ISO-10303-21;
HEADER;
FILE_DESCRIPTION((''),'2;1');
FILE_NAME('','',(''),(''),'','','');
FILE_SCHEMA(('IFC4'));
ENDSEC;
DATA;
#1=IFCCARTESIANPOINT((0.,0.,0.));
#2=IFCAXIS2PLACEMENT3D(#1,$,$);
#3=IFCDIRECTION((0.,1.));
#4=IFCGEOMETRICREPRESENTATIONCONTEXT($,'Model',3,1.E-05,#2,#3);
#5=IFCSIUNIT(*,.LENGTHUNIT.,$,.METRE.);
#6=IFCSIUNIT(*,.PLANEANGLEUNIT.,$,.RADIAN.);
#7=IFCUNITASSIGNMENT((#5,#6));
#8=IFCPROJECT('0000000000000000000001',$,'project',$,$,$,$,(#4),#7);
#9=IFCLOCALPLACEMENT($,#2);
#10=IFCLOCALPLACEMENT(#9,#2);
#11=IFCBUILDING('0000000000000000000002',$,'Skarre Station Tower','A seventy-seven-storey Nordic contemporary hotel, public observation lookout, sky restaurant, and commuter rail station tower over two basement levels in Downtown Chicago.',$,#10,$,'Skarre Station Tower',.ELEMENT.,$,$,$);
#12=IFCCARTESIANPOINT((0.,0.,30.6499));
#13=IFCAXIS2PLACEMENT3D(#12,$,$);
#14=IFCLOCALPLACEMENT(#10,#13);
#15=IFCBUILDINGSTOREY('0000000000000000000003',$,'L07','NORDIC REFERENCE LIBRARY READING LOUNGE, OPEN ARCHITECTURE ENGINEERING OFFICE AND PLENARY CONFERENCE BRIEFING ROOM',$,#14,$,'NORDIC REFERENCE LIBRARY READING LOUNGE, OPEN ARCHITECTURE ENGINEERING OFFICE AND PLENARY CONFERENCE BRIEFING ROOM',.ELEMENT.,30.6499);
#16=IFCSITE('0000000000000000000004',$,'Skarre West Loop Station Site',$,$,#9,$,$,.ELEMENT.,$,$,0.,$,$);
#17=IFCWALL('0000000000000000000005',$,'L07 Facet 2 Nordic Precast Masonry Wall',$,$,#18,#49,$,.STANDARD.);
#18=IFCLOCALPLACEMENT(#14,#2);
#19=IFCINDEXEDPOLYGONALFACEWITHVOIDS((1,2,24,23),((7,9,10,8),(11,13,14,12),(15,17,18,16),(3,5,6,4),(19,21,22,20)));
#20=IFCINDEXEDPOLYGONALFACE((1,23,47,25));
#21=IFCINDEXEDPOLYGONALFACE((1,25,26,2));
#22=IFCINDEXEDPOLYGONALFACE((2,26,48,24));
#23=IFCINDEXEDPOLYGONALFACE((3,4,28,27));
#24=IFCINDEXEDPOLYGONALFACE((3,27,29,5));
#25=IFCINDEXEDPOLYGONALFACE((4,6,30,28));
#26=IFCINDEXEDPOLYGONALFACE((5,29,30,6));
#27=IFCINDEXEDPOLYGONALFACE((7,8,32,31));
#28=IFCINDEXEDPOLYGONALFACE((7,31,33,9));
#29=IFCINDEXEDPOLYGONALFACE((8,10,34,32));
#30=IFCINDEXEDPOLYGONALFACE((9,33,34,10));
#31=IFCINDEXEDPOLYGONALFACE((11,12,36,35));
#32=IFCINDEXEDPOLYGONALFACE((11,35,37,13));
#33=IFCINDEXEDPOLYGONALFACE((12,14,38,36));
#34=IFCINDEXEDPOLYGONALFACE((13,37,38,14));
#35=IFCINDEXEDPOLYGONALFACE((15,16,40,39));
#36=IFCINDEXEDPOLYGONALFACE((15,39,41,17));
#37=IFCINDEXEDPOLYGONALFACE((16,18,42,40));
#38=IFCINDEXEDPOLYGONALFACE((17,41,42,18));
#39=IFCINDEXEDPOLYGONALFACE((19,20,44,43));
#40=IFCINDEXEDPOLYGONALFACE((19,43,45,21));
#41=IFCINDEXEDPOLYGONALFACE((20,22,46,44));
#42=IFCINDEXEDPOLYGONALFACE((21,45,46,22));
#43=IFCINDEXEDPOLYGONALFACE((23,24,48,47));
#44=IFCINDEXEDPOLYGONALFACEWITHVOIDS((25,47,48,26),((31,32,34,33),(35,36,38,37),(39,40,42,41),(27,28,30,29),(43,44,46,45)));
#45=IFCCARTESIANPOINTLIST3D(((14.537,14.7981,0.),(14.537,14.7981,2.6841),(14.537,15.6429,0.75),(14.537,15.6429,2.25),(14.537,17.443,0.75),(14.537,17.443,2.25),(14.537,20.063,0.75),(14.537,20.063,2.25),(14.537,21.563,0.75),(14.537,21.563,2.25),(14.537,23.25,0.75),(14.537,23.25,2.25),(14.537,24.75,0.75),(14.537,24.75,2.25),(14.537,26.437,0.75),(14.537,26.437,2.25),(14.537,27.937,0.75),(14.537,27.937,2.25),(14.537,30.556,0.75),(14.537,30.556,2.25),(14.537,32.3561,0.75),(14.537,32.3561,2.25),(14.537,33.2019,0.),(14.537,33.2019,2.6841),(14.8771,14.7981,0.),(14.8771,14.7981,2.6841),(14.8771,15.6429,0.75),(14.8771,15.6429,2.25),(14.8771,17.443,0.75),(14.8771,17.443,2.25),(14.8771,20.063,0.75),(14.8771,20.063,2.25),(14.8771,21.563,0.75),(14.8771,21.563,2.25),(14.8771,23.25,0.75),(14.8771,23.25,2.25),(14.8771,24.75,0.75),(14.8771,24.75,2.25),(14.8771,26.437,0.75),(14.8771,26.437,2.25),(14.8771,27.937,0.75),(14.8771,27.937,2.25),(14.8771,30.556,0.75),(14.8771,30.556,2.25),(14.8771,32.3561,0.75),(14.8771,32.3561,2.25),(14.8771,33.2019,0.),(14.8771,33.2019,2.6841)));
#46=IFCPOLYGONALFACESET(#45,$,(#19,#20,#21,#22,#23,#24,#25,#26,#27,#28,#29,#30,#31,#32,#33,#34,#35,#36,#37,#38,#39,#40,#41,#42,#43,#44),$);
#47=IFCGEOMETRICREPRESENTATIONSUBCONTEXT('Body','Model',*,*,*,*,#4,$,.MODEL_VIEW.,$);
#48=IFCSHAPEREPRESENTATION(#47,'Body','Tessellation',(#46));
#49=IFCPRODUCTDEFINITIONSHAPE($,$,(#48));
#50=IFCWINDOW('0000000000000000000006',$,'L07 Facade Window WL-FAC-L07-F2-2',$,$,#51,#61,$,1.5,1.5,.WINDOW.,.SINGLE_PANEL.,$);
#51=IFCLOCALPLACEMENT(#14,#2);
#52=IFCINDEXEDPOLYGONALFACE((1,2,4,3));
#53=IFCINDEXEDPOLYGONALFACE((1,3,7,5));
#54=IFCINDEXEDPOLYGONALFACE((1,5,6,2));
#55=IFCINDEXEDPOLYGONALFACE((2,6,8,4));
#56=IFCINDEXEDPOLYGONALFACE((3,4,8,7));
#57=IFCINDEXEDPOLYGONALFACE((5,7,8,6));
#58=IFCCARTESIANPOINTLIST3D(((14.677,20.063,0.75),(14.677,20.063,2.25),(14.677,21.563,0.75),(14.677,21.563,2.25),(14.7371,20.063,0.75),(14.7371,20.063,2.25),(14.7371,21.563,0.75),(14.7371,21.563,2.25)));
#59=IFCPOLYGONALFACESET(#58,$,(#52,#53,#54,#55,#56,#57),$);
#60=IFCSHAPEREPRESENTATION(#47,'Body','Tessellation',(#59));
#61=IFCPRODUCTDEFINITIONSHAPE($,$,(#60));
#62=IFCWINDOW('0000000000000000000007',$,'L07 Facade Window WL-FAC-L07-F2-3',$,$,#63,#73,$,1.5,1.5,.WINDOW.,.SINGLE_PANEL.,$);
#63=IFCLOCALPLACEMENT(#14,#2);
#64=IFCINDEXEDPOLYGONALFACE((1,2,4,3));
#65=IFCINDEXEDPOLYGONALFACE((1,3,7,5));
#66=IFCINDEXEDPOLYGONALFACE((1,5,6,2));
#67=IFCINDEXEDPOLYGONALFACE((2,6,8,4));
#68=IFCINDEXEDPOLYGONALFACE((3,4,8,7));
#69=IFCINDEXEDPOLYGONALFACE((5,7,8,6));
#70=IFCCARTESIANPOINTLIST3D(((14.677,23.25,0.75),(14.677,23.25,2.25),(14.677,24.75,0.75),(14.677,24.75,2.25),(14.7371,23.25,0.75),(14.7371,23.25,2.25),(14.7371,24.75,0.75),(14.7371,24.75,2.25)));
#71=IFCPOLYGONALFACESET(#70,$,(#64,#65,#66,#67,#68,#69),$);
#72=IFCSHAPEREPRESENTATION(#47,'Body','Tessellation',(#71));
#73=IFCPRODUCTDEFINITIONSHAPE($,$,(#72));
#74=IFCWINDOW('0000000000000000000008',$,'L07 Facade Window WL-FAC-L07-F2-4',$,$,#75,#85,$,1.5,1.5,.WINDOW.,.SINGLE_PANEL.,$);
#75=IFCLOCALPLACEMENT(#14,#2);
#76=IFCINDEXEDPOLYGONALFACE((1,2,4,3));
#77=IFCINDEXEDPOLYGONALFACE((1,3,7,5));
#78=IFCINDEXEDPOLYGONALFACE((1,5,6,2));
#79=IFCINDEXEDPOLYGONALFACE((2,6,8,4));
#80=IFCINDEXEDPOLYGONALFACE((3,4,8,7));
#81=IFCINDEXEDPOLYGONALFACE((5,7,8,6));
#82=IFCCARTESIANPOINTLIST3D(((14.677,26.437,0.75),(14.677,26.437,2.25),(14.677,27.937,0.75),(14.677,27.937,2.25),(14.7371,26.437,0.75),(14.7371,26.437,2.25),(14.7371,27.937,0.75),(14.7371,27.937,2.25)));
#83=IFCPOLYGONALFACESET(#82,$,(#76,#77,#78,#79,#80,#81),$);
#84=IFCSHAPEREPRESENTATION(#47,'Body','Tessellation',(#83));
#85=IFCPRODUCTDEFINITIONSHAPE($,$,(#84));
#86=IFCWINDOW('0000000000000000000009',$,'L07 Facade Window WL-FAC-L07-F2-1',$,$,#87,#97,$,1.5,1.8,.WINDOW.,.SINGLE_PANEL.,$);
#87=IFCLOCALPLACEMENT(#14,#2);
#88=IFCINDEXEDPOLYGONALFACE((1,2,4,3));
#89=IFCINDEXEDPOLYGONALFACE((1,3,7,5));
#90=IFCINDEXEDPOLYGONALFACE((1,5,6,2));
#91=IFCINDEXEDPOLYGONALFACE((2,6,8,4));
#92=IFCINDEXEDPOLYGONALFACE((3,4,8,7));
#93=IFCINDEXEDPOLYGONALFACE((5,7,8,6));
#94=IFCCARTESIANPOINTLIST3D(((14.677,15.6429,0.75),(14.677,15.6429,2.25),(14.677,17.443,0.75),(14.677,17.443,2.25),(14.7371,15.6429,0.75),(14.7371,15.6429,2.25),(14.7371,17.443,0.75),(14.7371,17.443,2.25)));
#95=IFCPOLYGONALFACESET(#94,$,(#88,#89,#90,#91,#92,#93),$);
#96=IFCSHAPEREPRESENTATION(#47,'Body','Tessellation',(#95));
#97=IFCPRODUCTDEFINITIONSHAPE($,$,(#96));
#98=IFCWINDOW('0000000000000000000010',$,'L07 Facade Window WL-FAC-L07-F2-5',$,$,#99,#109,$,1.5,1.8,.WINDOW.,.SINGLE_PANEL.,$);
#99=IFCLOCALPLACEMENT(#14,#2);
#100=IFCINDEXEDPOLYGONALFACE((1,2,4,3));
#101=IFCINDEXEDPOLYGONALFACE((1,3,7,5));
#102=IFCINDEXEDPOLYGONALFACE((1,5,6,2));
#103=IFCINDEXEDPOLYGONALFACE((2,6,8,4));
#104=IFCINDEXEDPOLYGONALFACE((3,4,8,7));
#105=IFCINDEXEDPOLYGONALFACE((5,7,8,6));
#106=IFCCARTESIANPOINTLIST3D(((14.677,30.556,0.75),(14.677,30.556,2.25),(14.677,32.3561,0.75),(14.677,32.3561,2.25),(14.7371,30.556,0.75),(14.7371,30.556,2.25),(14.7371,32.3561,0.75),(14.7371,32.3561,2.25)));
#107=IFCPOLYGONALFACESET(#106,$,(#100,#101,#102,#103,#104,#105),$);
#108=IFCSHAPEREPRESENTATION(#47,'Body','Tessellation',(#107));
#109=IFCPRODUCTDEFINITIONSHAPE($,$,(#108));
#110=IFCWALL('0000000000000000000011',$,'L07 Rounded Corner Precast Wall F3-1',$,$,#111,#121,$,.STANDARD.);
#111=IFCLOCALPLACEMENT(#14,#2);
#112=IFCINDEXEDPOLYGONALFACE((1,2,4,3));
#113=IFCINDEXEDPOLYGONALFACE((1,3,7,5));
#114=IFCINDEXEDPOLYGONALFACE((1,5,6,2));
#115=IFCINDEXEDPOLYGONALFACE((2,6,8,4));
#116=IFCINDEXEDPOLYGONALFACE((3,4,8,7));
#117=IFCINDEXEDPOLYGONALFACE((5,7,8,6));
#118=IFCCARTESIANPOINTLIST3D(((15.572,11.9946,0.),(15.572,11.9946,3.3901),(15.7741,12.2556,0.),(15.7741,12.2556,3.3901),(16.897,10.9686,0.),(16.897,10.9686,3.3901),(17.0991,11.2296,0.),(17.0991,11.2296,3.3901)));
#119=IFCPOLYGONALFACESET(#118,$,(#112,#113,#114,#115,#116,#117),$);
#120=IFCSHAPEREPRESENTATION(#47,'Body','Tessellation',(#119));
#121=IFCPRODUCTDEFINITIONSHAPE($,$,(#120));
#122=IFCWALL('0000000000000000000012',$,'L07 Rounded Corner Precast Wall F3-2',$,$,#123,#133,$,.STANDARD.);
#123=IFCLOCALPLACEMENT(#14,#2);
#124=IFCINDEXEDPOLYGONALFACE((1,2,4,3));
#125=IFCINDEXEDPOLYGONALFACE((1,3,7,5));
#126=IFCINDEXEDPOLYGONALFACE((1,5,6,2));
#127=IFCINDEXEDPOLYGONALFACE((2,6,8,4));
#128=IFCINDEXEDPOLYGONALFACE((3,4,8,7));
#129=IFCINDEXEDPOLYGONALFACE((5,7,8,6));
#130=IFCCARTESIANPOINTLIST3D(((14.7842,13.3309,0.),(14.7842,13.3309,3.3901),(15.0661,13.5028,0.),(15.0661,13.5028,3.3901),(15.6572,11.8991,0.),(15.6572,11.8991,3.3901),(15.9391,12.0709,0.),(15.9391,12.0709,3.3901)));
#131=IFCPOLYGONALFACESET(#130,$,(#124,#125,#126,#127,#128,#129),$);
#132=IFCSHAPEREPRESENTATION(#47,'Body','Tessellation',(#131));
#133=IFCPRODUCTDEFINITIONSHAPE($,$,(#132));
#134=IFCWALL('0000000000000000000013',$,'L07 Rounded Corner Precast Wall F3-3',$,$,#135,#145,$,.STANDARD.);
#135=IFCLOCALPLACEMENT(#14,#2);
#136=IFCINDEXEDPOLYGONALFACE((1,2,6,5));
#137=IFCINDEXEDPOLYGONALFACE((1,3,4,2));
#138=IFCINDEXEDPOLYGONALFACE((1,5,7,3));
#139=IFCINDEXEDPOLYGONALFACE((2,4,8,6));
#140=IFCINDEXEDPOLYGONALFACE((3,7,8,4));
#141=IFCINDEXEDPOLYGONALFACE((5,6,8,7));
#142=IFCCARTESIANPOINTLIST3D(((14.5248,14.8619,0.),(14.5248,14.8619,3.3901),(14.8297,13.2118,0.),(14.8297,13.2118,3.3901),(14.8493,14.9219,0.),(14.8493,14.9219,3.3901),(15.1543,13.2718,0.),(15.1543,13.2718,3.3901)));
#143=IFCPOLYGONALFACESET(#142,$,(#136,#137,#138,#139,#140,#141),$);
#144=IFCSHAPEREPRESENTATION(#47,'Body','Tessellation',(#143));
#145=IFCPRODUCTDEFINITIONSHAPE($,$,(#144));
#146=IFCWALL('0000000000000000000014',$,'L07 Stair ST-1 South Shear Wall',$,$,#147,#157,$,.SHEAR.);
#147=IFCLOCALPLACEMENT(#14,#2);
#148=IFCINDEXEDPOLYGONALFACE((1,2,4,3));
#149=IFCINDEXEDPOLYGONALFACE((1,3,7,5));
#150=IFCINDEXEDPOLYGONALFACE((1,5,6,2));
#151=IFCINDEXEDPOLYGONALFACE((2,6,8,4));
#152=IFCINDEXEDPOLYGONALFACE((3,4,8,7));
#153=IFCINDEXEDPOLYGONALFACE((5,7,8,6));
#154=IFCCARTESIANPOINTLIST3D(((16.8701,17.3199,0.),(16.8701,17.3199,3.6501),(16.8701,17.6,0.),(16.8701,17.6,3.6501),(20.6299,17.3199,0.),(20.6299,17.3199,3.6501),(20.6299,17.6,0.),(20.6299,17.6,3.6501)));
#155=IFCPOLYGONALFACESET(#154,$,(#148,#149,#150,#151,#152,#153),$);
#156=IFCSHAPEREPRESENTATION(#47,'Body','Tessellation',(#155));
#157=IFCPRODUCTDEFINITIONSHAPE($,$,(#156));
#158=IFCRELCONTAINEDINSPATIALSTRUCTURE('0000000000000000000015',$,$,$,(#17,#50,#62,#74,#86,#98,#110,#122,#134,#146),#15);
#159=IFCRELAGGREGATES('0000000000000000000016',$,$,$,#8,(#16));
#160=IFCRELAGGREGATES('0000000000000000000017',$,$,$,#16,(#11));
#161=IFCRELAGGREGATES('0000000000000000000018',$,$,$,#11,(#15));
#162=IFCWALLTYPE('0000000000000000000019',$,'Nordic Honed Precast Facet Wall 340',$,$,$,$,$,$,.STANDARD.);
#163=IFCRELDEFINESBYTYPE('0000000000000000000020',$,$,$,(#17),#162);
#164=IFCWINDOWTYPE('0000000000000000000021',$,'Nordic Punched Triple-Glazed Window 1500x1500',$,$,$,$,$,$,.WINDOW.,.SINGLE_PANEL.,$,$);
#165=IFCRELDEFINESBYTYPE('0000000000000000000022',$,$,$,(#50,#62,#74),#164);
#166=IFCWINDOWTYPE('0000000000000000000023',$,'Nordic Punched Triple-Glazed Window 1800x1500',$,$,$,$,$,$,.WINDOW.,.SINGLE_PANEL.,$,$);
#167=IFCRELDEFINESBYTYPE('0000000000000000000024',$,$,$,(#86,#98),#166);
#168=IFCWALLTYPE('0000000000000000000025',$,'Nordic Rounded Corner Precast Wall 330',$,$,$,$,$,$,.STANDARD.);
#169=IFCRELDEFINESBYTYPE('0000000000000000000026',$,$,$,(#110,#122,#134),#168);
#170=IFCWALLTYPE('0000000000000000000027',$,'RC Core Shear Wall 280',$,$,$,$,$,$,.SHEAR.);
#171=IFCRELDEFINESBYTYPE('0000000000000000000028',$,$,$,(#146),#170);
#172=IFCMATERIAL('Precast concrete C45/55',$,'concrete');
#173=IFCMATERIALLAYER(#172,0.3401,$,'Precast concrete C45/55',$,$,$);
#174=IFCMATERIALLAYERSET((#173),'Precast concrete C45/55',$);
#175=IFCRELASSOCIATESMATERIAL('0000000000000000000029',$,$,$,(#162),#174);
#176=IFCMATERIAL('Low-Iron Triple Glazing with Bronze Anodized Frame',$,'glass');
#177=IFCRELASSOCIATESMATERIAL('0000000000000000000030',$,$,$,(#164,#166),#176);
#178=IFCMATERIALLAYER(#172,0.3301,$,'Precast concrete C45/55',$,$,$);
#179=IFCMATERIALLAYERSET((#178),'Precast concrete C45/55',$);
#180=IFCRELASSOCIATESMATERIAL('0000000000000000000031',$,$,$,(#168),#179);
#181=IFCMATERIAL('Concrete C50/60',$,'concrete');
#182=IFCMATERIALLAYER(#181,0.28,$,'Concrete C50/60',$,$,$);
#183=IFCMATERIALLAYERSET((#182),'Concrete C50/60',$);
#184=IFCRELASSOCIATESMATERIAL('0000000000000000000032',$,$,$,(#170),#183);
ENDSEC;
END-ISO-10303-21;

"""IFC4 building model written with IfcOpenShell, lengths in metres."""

from ifc_helpers import new_model, si_unit, direction, frame, frame_2d, origin, place, context, subcontext, project, spatial, rectangle, extrude, material, layer, layer_set, type_object, element, fill, save


model = new_model("IFC4")

# Units and contexts
model_context = context("Model", 3, precision=1e-05, world=origin(), true_north=direction((0.0, 1.0)))
body_context = subcontext(model_context, "Body", "Model", "MODEL_VIEW")
ifc_project = project(units=[si_unit("LENGTHUNIT", "METRE"), si_unit("PLANEANGLEUNIT", "RADIAN")], contexts=[model_context])

# Site, building, storey
site_placement = place(None, origin())
site = spatial("IfcSite", under=ifc_project, at=site_placement, Name="Skarre West Loop Station Site", CompositionType="ELEMENT", RefElevation=0.0)
building_placement = place(site_placement, origin())
building = spatial("IfcBuilding", under=site, at=building_placement, Name="Skarre Station Tower", Description="A seventy-seven-storey Nordic contemporary hotel, public observation lookout, sky restaurant, and commuter rail station tower over two basement levels in Downtown Chicago.", LongName="Skarre Station Tower", CompositionType="ELEMENT")
storey_placement = place(building_placement, frame((0.0, 0.0, 30.6499)))
storey = spatial("IfcBuildingStorey", under=building, at=storey_placement, Name="L07", Description="NORDIC REFERENCE LIBRARY READING LOUNGE, OPEN ARCHITECTURE ENGINEERING OFFICE AND PLENARY CONFERENCE BRIEFING ROOM", LongName="NORDIC REFERENCE LIBRARY READING LOUNGE, OPEN ARCHITECTURE ENGINEERING OFFICE AND PLENARY CONFERENCE BRIEFING ROOM", CompositionType="ELEMENT", Elevation=30.6499)

# Shared definitions
ifc_material_1 = material(Name="Concrete C50/60", Category="concrete")

# Wall, openings, windows
ifc_material_2 = material(Name="Precast concrete C45/55", Category="concrete")
ifc_layer_1 = layer(ifc_material_2, 0.3401, Name="Precast concrete C45/55")
ifc_layer_set_1 = layer_set([ifc_layer_1], Name="Precast concrete C45/55")
wall_type_1 = type_object("IfcWallType", Name="Nordic Honed Precast Facet Wall 340", PredefinedType="STANDARD", material=ifc_layer_set_1)
wall_1_placement = place(storey_placement, frame((14.707, 14.7981, 0.0), z_axis=(0.0, 0.0, 1.0), x_axis=(0.0, 1.0, 0.0)))
wall_1 = element("IfcWall", 1, at=wall_1_placement, inside=storey, type_object=wall_type_1, Name="L07 Facet 2 Nordic Precast Masonry Wall", PredefinedType="STANDARD", context=body_context, shape_type="SweptSolid", body=[
    extrude(rectangle(XDim=18.4038, YDim=0.3401, at=frame_2d((9.2019, 0.0))), origin(), (0.0, 0.0, 1.0), 2.6841),
])
opening_1_placement = place(wall_1_placement, frame((0.845, 0.0, 0.75)))
opening_1 = element("IfcOpeningElement", 2, at=opening_1_placement, cuts=wall_1, PredefinedType="OPENING", context=body_context, shape_type="SweptSolid", body=[
    extrude(rectangle(XDim=1.8, YDim=1.5, at=frame_2d((0.8999, 0.75))), frame((0.0, 0.1799, 0.0), z_axis=(0.0, -1.0, 0.0), x_axis=(1.0, 0.0, 0.0)), (0.0, 0.0, 1.0), 0.3601),
])
opening_2_placement = place(wall_1_placement, frame((5.2649, 0.0, 0.75)))
opening_2 = element("IfcOpeningElement", 3, at=opening_2_placement, cuts=wall_1, PredefinedType="OPENING", context=body_context, shape_type="SweptSolid", body=[
    extrude(rectangle(XDim=1.5, YDim=1.5, at=frame_2d((0.75, 0.75))), frame((0.0, 0.1799, 0.0), z_axis=(0.0, -1.0, 0.0), x_axis=(1.0, 0.0, 0.0)), (0.0, 0.0, 1.0), 0.3601),
])
opening_3_placement = place(wall_1_placement, frame((8.4519, 0.0, 0.75)))
opening_3 = element("IfcOpeningElement", 4, at=opening_3_placement, cuts=wall_1, PredefinedType="OPENING", context=body_context, shape_type="SweptSolid", body=[
    extrude(rectangle(XDim=1.5, YDim=1.5, at=frame_2d((0.75, 0.75))), frame((0.0, 0.1799, 0.0), z_axis=(0.0, -1.0, 0.0), x_axis=(1.0, 0.0, 0.0)), (0.0, 0.0, 1.0), 0.3601),
])
opening_4_placement = place(wall_1_placement, frame((11.6389, 0.0, 0.75)))
opening_4 = element("IfcOpeningElement", 5, at=opening_4_placement, cuts=wall_1, PredefinedType="OPENING", context=body_context, shape_type="SweptSolid", body=[
    extrude(rectangle(XDim=1.5, YDim=1.5, at=frame_2d((0.75, 0.75))), frame((0.0, 0.1799, 0.0), z_axis=(0.0, -1.0, 0.0), x_axis=(1.0, 0.0, 0.0)), (0.0, 0.0, 1.0), 0.3601),
])
opening_5_placement = place(wall_1_placement, frame((15.7581, 0.0, 0.75)))
opening_5 = element("IfcOpeningElement", 6, at=opening_5_placement, cuts=wall_1, PredefinedType="OPENING", context=body_context, shape_type="SweptSolid", body=[
    extrude(rectangle(XDim=1.8, YDim=1.5, at=frame_2d((0.8999, 0.75))), frame((0.0, 0.1799, 0.0), z_axis=(0.0, -1.0, 0.0), x_axis=(1.0, 0.0, 0.0)), (0.0, 0.0, 1.0), 0.3601),
])
ifc_material_3 = material(Name="Low-Iron Triple Glazing with Bronze Anodized Frame", Category="glass")
window_type_1 = type_object("IfcWindowType", Name="Nordic Punched Triple-Glazed Window 1500x1500", PartitioningType="SINGLE_PANEL", PredefinedType="WINDOW", material=ifc_material_3)
window_1_placement = place(opening_2_placement, origin())
window_1 = element("IfcWindow", 7, at=window_1_placement, inside=storey, type_object=window_type_1, Name="L07 Facade Window WL-FAC-L07-F2-2", OverallHeight=1.5, OverallWidth=1.5, PartitioningType="SINGLE_PANEL", PredefinedType="WINDOW", context=body_context, shape_type="SweptSolid", body=[
    extrude(rectangle(XDim=1.5, YDim=1.5, at=frame_2d((0.75, 0.75))), frame((0.0, 0.03, 0.0), z_axis=(0.0, -1.0, 0.0), x_axis=(1.0, 0.0, 0.0)), (0.0, 0.0, 1.0), 0.0601),
])
fill(opening_2, window_1)
window_2_placement = place(opening_3_placement, origin())
window_2 = element("IfcWindow", 8, at=window_2_placement, inside=storey, type_object=window_type_1, Name="L07 Facade Window WL-FAC-L07-F2-3", OverallHeight=1.5, OverallWidth=1.5, PartitioningType="SINGLE_PANEL", PredefinedType="WINDOW", context=body_context, shape_type="SweptSolid", body=[
    extrude(rectangle(XDim=1.5, YDim=1.5, at=frame_2d((0.75, 0.75))), frame((0.0, 0.03, 0.0), z_axis=(0.0, -1.0, 0.0), x_axis=(1.0, 0.0, 0.0)), (0.0, 0.0, 1.0), 0.0601),
])
fill(opening_3, window_2)
window_3_placement = place(opening_4_placement, origin())
window_3 = element("IfcWindow", 9, at=window_3_placement, inside=storey, type_object=window_type_1, Name="L07 Facade Window WL-FAC-L07-F2-4", OverallHeight=1.5, OverallWidth=1.5, PartitioningType="SINGLE_PANEL", PredefinedType="WINDOW", context=body_context, shape_type="SweptSolid", body=[
    extrude(rectangle(XDim=1.5, YDim=1.5, at=frame_2d((0.75, 0.75))), frame((0.0, 0.03, 0.0), z_axis=(0.0, -1.0, 0.0), x_axis=(1.0, 0.0, 0.0)), (0.0, 0.0, 1.0), 0.0601),
])
fill(opening_4, window_3)
window_type_2 = type_object("IfcWindowType", Name="Nordic Punched Triple-Glazed Window 1800x1500", PartitioningType="SINGLE_PANEL", PredefinedType="WINDOW", material=ifc_material_3)
window_4_placement = place(opening_1_placement, origin())
window_4 = element("IfcWindow", 10, at=window_4_placement, inside=storey, type_object=window_type_2, Name="L07 Facade Window WL-FAC-L07-F2-1", OverallHeight=1.5, OverallWidth=1.8, PartitioningType="SINGLE_PANEL", PredefinedType="WINDOW", context=body_context, shape_type="SweptSolid", body=[
    extrude(rectangle(XDim=1.8, YDim=1.5, at=frame_2d((0.8999, 0.75))), frame((0.0, 0.03, 0.0), z_axis=(0.0, -1.0, 0.0), x_axis=(1.0, 0.0, 0.0)), (0.0, 0.0, 1.0), 0.0601),
])
fill(opening_1, window_4)
window_5_placement = place(opening_5_placement, origin())
window_5 = element("IfcWindow", 11, at=window_5_placement, inside=storey, type_object=window_type_2, Name="L07 Facade Window WL-FAC-L07-F2-5", OverallHeight=1.5, OverallWidth=1.8, PartitioningType="SINGLE_PANEL", PredefinedType="WINDOW", context=body_context, shape_type="SweptSolid", body=[
    extrude(rectangle(XDim=1.8, YDim=1.5, at=frame_2d((0.8999, 0.75))), frame((0.0, 0.03, 0.0), z_axis=(0.0, -1.0, 0.0), x_axis=(1.0, 0.0, 0.0)), (0.0, 0.0, 1.0), 0.0601),
])
fill(opening_5, window_5)

# Walls
ifc_layer_2 = layer(ifc_material_2, 0.3301, Name="Precast concrete C45/55")
ifc_layer_set_2 = layer_set([ifc_layer_2], Name="Precast concrete C45/55")
wall_type_2 = type_object("IfcWallType", Name="Nordic Rounded Corner Precast Wall 330", PredefinedType="STANDARD", material=ifc_layer_set_2)
wall_2_placement = place(storey_placement, frame((16.998, 11.0991, 0.0), z_axis=(0.0, 0.0, 1.0), x_axis=(-0.790692, 0.612214, 0.0)))
element("IfcWall", 12, at=wall_2_placement, inside=storey, type_object=wall_type_2, Name="L07 Rounded Corner Precast Wall F3-1", PredefinedType="STANDARD", context=body_context, shape_type="SweptSolid", body=[
    extrude(rectangle(XDim=1.6758, YDim=0.3301, at=frame_2d((0.8379, 0.0))), origin(), (0.0, 0.0, 1.0), 3.3901),
])
wall_3_placement = place(storey_placement, frame((15.7981, 11.9851, 0.0), z_axis=(0.0, 0.0, 1.0), x_axis=(-0.520584, 0.85381, 0.0)))
element("IfcWall", 13, at=wall_3_placement, inside=storey, type_object=wall_type_2, Name="L07 Rounded Corner Precast Wall F3-2", PredefinedType="STANDARD", context=body_context, shape_type="SweptSolid", body=[
    extrude(rectangle(XDim=1.677, YDim=0.3301, at=frame_2d((0.8384, 0.0))), origin(), (0.0, 0.0, 1.0), 3.3901),
])
wall_4_placement = place(storey_placement, frame((14.9919, 13.2419, 0.0), z_axis=(0.0, 0.0, 1.0), x_axis=(-0.181714, 0.983351, 0.0)))
element("IfcWall", 14, at=wall_4_placement, inside=storey, type_object=wall_type_2, Name="L07 Rounded Corner Precast Wall F3-3", PredefinedType="STANDARD", context=body_context, shape_type="SweptSolid", body=[
    extrude(rectangle(XDim=1.678, YDim=0.3301, at=frame_2d((0.8389, 0.0))), origin(), (0.0, 0.0, 1.0), 3.3901),
])
ifc_layer_3 = layer(ifc_material_1, 0.28, Name="Concrete C50/60")
ifc_layer_set_3 = layer_set([ifc_layer_3], Name="Concrete C50/60")
wall_type_3 = type_object("IfcWallType", Name="RC Core Shear Wall 280", PredefinedType="SHEAR", material=ifc_layer_set_3)
wall_5_placement = place(storey_placement, frame((16.8701, 17.46, 0.0), z_axis=(0.0, 0.0, 1.0), x_axis=(1.0, 0.0, 0.0)))
element("IfcWall", 15, at=wall_5_placement, inside=storey, type_object=wall_type_3, Name="L07 Stair ST-1 South Shear Wall", PredefinedType="SHEAR", context=body_context, shape_type="SweptSolid", body=[
    extrude(rectangle(XDim=3.7598, YDim=0.28, at=frame_2d((1.8799, 0.0))), origin(), (0.0, 0.0, 1.0), 3.6501),
])

save(model, "model.ifc")
